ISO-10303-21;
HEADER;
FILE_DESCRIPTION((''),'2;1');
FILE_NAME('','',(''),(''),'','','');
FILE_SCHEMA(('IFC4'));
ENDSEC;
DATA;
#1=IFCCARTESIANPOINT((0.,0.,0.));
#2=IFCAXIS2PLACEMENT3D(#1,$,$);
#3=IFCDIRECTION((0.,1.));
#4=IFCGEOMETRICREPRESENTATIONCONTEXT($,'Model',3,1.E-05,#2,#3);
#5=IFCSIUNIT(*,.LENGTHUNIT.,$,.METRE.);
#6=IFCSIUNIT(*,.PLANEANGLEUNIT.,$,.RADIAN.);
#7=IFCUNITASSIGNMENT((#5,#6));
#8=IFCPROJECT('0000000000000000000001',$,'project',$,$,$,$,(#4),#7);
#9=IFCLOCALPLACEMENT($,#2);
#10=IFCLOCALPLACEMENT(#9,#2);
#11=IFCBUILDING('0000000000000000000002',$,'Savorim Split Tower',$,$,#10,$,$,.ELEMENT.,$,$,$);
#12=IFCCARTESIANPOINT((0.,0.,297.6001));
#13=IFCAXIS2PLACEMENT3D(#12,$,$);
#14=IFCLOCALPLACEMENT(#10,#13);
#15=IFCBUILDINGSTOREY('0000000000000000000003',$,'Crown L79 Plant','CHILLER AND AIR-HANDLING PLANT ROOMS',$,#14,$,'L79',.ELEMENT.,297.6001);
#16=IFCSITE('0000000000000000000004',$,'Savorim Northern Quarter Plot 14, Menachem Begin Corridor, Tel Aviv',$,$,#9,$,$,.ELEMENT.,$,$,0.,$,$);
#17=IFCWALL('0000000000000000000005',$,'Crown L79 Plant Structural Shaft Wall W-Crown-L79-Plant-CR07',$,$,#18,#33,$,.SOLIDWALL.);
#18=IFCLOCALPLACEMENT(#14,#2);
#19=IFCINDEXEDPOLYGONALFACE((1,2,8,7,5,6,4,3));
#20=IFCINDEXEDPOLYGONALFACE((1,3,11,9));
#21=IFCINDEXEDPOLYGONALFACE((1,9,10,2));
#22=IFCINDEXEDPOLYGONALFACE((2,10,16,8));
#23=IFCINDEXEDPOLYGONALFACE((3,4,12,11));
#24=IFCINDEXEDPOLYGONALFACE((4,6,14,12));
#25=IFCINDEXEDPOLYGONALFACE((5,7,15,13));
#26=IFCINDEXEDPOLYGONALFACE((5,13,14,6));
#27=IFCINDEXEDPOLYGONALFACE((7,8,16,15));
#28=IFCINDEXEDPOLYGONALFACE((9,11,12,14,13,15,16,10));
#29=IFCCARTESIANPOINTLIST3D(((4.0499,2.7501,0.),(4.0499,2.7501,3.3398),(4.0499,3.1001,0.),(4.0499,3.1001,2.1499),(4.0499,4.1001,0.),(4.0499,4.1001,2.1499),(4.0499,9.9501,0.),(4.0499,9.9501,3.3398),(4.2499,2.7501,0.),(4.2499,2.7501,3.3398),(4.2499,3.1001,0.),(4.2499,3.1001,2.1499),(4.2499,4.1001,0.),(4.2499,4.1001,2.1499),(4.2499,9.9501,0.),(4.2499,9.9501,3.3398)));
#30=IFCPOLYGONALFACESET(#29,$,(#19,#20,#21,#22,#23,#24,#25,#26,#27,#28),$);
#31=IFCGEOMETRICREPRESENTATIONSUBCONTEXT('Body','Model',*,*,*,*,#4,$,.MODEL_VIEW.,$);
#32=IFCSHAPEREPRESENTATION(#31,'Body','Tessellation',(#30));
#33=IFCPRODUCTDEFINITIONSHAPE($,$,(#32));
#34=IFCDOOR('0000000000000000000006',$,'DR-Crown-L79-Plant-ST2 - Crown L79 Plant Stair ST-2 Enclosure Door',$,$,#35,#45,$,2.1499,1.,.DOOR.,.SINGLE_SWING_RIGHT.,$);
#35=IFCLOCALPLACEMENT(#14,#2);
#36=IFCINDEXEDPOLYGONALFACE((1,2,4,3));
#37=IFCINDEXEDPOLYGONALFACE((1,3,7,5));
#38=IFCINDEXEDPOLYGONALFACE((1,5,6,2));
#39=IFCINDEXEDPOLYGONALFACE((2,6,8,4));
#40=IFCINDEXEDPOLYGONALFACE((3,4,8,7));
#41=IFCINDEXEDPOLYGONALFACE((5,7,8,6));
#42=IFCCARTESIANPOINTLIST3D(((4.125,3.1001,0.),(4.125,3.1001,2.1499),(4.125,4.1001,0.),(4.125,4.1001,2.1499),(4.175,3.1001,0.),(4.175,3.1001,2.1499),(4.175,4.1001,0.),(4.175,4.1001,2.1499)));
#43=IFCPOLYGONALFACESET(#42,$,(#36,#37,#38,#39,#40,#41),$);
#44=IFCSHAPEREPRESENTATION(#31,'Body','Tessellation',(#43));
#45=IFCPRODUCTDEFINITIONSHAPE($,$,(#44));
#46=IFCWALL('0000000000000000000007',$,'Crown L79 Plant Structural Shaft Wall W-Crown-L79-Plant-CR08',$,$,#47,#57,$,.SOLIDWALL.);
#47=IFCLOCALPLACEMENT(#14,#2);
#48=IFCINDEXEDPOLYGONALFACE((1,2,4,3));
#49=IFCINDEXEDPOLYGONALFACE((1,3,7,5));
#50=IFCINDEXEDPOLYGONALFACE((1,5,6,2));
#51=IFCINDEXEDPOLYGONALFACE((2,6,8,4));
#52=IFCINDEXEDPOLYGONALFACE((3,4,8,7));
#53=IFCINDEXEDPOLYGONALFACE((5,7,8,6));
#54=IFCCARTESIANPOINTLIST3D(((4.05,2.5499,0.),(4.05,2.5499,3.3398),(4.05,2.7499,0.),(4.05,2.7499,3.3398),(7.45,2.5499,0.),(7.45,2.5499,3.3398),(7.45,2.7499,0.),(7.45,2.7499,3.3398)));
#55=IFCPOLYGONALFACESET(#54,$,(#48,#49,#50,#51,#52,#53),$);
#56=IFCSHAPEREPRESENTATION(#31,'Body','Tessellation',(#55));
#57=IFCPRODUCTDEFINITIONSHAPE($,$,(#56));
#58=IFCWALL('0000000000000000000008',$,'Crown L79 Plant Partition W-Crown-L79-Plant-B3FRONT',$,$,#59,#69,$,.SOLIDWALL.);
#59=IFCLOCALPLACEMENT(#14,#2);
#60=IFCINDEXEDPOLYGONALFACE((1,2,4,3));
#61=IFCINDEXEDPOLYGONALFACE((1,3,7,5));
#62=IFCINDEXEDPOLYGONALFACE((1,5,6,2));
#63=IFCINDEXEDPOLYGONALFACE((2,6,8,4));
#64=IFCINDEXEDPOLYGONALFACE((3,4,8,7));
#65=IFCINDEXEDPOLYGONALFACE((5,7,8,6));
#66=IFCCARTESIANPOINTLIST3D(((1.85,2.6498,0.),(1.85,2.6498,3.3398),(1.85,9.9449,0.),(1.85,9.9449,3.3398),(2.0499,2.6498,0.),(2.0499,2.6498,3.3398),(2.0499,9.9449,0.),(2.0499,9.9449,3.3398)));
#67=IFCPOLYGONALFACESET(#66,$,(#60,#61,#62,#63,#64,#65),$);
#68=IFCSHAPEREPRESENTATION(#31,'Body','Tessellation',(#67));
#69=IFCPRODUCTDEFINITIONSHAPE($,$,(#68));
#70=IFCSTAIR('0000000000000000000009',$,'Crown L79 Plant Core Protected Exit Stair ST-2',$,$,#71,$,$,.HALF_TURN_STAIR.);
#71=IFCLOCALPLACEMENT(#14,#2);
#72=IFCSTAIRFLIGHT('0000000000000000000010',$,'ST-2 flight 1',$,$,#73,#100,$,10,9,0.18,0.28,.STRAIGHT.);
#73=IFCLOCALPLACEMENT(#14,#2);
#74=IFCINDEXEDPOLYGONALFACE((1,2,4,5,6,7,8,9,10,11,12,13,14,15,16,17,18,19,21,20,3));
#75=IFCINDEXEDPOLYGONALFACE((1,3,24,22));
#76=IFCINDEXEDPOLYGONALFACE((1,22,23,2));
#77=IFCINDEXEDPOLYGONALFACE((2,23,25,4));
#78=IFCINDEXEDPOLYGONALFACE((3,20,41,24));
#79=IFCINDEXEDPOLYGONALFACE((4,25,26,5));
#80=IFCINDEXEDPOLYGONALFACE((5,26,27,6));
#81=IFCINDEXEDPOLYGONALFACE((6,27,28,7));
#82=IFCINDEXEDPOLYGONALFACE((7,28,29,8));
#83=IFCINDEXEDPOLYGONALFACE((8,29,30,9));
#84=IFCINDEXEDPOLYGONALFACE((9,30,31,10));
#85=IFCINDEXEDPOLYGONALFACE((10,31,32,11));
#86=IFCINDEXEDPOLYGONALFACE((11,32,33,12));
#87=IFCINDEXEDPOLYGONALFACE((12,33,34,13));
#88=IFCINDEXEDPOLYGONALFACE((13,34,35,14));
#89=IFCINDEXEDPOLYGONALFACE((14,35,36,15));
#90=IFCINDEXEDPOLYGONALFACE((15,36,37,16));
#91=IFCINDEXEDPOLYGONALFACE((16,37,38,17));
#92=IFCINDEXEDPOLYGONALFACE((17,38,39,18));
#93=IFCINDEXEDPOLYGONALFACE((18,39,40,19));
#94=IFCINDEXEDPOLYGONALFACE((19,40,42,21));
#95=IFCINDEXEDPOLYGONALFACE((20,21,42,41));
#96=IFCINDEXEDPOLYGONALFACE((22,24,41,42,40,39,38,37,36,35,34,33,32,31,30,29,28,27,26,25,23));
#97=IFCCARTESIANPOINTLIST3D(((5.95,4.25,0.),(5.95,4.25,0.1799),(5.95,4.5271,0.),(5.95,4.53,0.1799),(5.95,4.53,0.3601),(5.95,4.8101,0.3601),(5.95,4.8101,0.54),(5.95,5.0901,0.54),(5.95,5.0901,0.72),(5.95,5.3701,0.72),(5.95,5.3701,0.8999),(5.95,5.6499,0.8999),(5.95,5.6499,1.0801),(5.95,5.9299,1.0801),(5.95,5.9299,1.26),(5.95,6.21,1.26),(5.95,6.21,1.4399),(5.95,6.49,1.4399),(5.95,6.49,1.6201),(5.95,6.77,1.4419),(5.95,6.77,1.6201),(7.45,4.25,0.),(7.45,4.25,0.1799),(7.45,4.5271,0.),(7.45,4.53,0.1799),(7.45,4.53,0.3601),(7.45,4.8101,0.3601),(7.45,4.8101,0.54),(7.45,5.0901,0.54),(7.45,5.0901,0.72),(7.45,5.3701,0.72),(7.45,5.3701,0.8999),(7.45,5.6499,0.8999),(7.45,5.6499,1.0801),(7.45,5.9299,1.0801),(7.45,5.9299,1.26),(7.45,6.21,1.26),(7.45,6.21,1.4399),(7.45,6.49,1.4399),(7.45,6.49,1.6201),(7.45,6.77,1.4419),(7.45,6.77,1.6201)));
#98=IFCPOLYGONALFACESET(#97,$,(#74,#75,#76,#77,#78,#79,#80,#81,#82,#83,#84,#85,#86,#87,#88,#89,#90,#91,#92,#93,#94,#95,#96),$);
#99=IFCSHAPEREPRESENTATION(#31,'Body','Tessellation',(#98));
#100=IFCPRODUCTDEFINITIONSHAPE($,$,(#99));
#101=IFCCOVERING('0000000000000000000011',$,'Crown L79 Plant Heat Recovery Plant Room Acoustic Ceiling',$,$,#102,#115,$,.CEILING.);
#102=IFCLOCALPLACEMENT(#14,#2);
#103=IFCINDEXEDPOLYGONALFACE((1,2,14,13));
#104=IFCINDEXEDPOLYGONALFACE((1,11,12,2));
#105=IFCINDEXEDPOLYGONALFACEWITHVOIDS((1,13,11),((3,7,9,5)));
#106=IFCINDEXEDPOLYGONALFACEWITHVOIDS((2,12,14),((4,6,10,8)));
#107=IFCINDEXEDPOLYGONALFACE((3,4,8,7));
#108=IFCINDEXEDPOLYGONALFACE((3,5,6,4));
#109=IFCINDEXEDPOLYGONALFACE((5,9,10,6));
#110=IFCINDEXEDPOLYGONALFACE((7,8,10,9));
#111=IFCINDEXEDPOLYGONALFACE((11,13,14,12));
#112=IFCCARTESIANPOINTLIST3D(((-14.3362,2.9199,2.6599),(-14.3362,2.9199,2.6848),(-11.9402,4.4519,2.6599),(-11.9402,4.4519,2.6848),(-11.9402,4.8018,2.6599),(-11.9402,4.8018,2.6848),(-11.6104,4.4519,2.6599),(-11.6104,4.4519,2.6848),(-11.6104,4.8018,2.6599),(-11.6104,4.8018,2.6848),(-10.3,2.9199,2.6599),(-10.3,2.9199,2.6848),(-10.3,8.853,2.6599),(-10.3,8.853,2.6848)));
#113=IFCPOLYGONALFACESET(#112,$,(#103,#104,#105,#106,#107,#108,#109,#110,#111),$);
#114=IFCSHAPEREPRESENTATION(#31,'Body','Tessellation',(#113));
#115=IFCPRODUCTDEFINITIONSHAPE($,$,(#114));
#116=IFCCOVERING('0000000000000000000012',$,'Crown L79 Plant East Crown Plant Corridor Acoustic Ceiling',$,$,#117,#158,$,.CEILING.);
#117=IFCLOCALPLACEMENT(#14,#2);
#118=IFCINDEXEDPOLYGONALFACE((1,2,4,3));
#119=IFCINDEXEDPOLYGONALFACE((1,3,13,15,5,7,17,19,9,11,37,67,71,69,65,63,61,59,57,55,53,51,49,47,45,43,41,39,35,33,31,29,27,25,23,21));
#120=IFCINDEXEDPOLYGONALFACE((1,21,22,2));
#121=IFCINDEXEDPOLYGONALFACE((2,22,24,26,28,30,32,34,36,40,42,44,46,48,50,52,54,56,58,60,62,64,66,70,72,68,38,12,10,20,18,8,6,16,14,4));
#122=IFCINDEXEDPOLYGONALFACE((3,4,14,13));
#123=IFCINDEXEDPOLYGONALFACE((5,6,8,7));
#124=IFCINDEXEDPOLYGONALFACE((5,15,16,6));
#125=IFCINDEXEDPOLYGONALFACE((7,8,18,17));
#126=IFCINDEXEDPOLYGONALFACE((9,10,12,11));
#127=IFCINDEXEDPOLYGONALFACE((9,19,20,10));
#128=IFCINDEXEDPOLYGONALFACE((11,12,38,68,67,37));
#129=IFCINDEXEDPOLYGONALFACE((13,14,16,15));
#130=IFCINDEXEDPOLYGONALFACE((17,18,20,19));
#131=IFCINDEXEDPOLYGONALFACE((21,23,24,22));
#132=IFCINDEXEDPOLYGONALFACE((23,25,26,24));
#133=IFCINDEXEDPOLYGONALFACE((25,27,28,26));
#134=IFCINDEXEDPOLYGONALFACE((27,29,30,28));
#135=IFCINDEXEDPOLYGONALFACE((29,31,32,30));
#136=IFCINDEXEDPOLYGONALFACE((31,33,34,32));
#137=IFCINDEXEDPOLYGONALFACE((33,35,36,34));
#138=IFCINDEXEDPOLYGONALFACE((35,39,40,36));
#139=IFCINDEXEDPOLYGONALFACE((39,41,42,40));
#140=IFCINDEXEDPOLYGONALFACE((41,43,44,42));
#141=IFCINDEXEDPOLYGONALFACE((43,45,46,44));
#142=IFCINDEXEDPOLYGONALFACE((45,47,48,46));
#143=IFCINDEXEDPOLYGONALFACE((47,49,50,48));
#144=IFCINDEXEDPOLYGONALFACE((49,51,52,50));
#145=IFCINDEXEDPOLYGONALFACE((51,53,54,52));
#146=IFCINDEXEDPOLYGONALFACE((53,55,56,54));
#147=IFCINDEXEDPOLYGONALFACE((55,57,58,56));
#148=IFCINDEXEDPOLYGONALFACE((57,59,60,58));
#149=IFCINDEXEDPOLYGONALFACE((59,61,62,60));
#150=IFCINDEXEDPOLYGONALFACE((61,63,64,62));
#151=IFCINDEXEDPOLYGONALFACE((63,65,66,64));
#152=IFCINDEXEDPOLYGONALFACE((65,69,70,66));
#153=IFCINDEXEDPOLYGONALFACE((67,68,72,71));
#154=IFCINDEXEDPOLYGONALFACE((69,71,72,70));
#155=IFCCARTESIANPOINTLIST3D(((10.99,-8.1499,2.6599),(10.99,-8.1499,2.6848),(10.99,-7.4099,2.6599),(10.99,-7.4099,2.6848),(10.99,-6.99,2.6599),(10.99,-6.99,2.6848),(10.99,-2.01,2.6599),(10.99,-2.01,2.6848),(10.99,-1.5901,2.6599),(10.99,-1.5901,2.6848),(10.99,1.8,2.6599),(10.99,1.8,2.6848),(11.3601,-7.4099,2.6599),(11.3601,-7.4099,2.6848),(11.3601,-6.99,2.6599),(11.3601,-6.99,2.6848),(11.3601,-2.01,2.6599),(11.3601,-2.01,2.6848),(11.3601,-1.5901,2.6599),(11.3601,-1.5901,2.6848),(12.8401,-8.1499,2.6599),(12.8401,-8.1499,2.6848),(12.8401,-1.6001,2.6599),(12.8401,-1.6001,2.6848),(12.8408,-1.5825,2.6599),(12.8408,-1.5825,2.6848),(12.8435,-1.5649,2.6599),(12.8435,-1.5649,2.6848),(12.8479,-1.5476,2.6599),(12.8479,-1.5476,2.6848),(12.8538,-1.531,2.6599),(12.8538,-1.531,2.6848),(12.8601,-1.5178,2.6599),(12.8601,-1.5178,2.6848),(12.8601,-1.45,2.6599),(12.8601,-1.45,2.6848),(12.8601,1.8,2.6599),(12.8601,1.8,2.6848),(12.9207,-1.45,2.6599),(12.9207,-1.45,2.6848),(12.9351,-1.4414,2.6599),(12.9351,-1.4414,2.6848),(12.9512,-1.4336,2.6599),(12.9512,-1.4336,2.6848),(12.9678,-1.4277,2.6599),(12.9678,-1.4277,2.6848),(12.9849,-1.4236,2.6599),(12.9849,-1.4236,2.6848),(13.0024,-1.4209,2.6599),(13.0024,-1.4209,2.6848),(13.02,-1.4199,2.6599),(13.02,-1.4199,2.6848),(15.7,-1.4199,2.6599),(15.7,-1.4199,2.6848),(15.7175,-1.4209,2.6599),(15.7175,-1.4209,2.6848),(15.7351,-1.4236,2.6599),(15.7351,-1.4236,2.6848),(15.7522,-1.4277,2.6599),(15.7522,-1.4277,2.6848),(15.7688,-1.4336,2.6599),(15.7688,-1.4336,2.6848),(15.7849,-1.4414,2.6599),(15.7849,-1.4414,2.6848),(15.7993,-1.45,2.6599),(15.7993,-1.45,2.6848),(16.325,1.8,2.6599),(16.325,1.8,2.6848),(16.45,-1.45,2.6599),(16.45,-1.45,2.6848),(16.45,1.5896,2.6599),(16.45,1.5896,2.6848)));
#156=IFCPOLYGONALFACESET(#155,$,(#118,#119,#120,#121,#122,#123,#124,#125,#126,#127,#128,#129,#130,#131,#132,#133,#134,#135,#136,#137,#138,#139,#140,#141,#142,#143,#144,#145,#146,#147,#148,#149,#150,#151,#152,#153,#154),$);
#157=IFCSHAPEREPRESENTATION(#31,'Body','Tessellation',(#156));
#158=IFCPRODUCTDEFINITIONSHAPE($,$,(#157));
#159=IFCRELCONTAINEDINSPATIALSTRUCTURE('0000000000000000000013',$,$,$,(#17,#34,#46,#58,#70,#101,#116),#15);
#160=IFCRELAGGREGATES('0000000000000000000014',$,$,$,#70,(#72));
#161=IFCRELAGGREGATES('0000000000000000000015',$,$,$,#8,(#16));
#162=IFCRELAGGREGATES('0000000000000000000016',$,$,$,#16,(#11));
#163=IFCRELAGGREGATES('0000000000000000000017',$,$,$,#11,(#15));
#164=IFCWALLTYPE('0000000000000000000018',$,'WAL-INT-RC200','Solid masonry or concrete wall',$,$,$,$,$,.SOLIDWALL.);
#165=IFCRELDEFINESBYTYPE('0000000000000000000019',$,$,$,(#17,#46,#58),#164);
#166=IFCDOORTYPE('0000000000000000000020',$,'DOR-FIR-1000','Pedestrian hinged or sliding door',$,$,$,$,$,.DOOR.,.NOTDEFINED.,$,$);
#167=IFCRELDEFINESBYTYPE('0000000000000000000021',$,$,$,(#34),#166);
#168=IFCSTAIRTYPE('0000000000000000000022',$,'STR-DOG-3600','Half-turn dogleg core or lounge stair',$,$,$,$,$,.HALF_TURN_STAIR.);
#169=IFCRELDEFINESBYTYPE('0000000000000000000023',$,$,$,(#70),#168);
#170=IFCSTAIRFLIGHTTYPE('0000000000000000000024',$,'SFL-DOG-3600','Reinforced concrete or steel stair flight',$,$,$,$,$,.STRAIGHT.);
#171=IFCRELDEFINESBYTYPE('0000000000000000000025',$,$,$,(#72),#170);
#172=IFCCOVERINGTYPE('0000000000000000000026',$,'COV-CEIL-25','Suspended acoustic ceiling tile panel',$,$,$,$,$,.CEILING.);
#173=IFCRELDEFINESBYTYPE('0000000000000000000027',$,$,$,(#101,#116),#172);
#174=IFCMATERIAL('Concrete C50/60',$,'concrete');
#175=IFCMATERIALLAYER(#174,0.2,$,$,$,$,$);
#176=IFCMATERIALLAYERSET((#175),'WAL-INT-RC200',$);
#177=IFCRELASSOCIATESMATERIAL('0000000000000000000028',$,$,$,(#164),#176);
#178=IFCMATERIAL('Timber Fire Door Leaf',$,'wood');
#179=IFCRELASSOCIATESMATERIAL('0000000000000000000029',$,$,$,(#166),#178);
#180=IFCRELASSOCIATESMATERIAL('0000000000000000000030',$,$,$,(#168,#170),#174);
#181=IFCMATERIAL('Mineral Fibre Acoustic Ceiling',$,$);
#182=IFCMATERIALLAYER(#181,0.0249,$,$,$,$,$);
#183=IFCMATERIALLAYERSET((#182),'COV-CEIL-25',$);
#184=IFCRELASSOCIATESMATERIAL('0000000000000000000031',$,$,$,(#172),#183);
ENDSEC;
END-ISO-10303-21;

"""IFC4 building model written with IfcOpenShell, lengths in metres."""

from ifc_helpers import new_model, si_unit, direction, frame, frame_2d, origin, place, context, subcontext, project, spatial, polyline, rectangle, outline, extrude, material, layer, layer_set, type_object, element, fill, aggregate, save


model = new_model("IFC4")

# Units and contexts
model_context = context("Model", 3, precision=1e-05, world=origin(), true_north=direction((0.0, 1.0)))
body_context = subcontext(model_context, "Body", "Model", "MODEL_VIEW")
ifc_project = project(units=[si_unit("LENGTHUNIT", "METRE"), si_unit("PLANEANGLEUNIT", "RADIAN")], contexts=[model_context])

# Site, building, storey
site_placement = place(None, origin())
site = spatial("IfcSite", under=ifc_project, at=site_placement, Name="Savorim Northern Quarter Plot 14, Menachem Begin Corridor, Tel Aviv", CompositionType="ELEMENT", RefElevation=0.0)
building_placement = place(site_placement, origin())
building = spatial("IfcBuilding", under=site, at=building_placement, Name="Savorim Split Tower", CompositionType="ELEMENT")
storey_placement = place(building_placement, frame((0.0, 0.0, 297.6001)))
storey = spatial("IfcBuildingStorey", under=building, at=storey_placement, Name="Crown L79 Plant", Description="CHILLER AND AIR-HANDLING PLANT ROOMS", LongName="L79", CompositionType="ELEMENT", Elevation=297.6001)

# Wall, opening, door
ifc_material_1 = material(Name="Concrete C50/60", Category="concrete")
ifc_layer_1 = layer(ifc_material_1, 0.2)
ifc_layer_set_1 = layer_set([ifc_layer_1], Name="WAL-INT-RC200")
wall_type = type_object("IfcWallType", Name="WAL-INT-RC200", Description="Solid masonry or concrete wall", PredefinedType="SOLIDWALL", material=ifc_layer_set_1)
wall_1_placement = place(storey_placement, frame((4.1499, 2.75, 0.0), z_axis=(0.0, 0.0, 1.0), x_axis=(0.0, 1.0, 0.0)))
wall_1 = element("IfcWall", 1, at=wall_1_placement, inside=storey, type_object=wall_type, Name="Crown L79 Plant Structural Shaft Wall W-Crown-L79-Plant-CR07", PredefinedType="SOLIDWALL", context=body_context, shape_type="SweptSolid", body=[
    extrude(rectangle(XDim=7.2, YDim=0.2, at=frame_2d((3.6001, 0.0))), origin(), (0.0, 0.0, 1.0), 3.3398),
])
opening_placement = place(wall_1_placement, frame((0.3501, 0.0, 0.0)))
opening = element("IfcOpeningElement", 2, at=opening_placement, cuts=wall_1, PredefinedType="OPENING", context=body_context, shape_type="SweptSolid", body=[
    extrude(rectangle(XDim=1.0, YDim=2.1499, at=frame_2d((0.5, 1.075))), frame((0.0, 0.1099, 0.0), z_axis=(0.0, -1.0, 0.0), x_axis=(1.0, 0.0, 0.0)), (0.0, 0.0, 1.0), 0.22),
])
ifc_material_2 = material(Name="Timber Fire Door Leaf", Category="wood")
door_type = type_object("IfcDoorType", Name="DOR-FIR-1000", Description="Pedestrian hinged or sliding door", OperationType="NOTDEFINED", PredefinedType="DOOR", material=ifc_material_2)
door_placement = place(opening_placement, origin())
door = element("IfcDoor", 3, at=door_placement, inside=storey, type_object=door_type, Name="DR-Crown-L79-Plant-ST2 - Crown L79 Plant Stair ST-2 Enclosure Door", OperationType="SINGLE_SWING_RIGHT", OverallHeight=2.1499, OverallWidth=1.0, PredefinedType="DOOR", context=body_context, shape_type="SweptSolid", body=[
    extrude(rectangle(XDim=1.0, YDim=2.1499, at=frame_2d((0.5, 1.075))), frame((0.0, 0.0249, 0.0), z_axis=(0.0, -1.0, 0.0), x_axis=(1.0, 0.0, 0.0)), (0.0, 0.0, 1.0), 0.05),
])
fill(opening, door)

# Walls
wall_2_placement = place(storey_placement, frame((4.05, 2.6499, 0.0), z_axis=(0.0, 0.0, 1.0), x_axis=(1.0, 0.0, 0.0)))
element("IfcWall", 4, at=wall_2_placement, inside=storey, type_object=wall_type, Name="Crown L79 Plant Structural Shaft Wall W-Crown-L79-Plant-CR08", PredefinedType="SOLIDWALL", context=body_context, shape_type="SweptSolid", body=[
    extrude(rectangle(XDim=3.3999, YDim=0.2, at=frame_2d((1.7, 0.0))), origin(), (0.0, 0.0, 1.0), 3.3398),
])
wall_3_placement = place(storey_placement, frame((1.95, 2.6499, 0.0), z_axis=(0.0, 0.0, 1.0), x_axis=(0.0, 1.0, 0.0)))
element("IfcWall", 5, at=wall_3_placement, inside=storey, type_object=wall_type, Name="Crown L79 Plant Partition W-Crown-L79-Plant-B3FRONT", PredefinedType="SOLIDWALL", context=body_context, shape_type="SweptSolid", body=[
    extrude(rectangle(XDim=7.2952, YDim=0.2, at=frame_2d((3.6475, 0.0))), origin(), (0.0, 0.0, 1.0), 3.3398),
])

# Stair, stair flight
stair_type = type_object("IfcStairType", Name="STR-DOG-3600", Description="Half-turn dogleg core or lounge stair", PredefinedType="HALF_TURN_STAIR", material=ifc_material_1)
stair_placement = place(storey_placement, origin())
stair = element("IfcStair", 6, at=stair_placement, inside=storey, type_object=stair_type, Name="Crown L79 Plant Core Protected Exit Stair ST-2", PredefinedType="HALF_TURN_STAIR")
stair_flight_type = type_object("IfcStairFlightType", Name="SFL-DOG-3600", Description="Reinforced concrete or steel stair flight", PredefinedType="STRAIGHT", material=ifc_material_1)
stair_flight_placement = place(storey_placement, frame((6.7, 4.25, 0.0), z_axis=(0.0, 0.0, 1.0), x_axis=(0.0, 1.0, 0.0)))
stair_flight = element("IfcStairFlight", 7, at=stair_flight_placement, type_object=stair_flight_type, Name="ST-2 flight 1", NumberOfRisers=10, NumberOfTreads=9, PredefinedType="STRAIGHT", RiserHeight=0.18, TreadLength=0.28, context=body_context, shape_type="SweptSolid", body=[
    extrude(outline(polyline([(0.0, 0.0), (0.0, 0.1799), (0.28, 0.1799), (0.28, 0.3601), (0.5601, 0.3601), (0.5601, 0.54), (0.8401, 0.54), (0.8401, 0.72), (1.1201, 0.72), (1.1201, 0.8999), (1.3999, 0.8999), (1.3999, 1.0801), (1.6799, 1.0801), (1.6799, 1.26), (1.96, 1.26), (1.96, 1.4399), (2.24, 1.4399), (2.24, 1.6201), (2.52, 1.6201), (2.52, 1.8), (2.52, 1.4419), (0.2771, 0.0), (0.0, 0.0)])), frame((0.0, 0.75, 0.0), z_axis=(0.0, -1.0, 0.0), x_axis=(1.0, 0.0, 0.0)), (0.0, 0.0, 1.0), 1.5),
])
aggregate(stair, [stair_flight])

# Coverings
ifc_material_3 = material(Name="Mineral Fibre Acoustic Ceiling")
ifc_layer_2 = layer(ifc_material_3, 0.0249)
ifc_layer_set_2 = layer_set([ifc_layer_2], Name="COV-CEIL-25")
covering_type_1 = type_object("IfcCoveringType", Name="COV-CEIL-25", Description="Suspended acoustic ceiling tile panel", PredefinedType="CEILING", material=ifc_layer_set_2)
covering_1_placement = place(storey_placement, frame((0.0, 0.0, 2.6599)))
element("IfcCovering", 8, at=covering_1_placement, inside=storey, type_object=covering_type_1, Name="Crown L79 Plant Heat Recovery Plant Room Acoustic Ceiling", PredefinedType="CEILING", context=body_context, shape_type="SweptSolid", body=[
    extrude(outline(polyline([(-14.3362, 2.9199), (-10.3, 2.9199), (-10.3, 8.853), (-14.3362, 2.9199)]), holes=[polyline([(-11.6104, 4.4519), (-11.6104, 4.8018), (-11.9402, 4.8018), (-11.9402, 4.4519), (-11.6104, 4.4519)])]), origin(), (0.0, 0.0, 1.0), 0.0249),
])
covering_2_placement = place(storey_placement, frame((0.0, 0.0, 2.6599)))
element("IfcCovering", 9, at=covering_2_placement, inside=storey, type_object=covering_type_1, Name="Crown L79 Plant East Crown Plant Corridor Acoustic Ceiling", PredefinedType="CEILING", context=body_context, shape_type="SweptSolid", body=[
    extrude(outline(polyline([(11.3601, -7.4099), (10.99, -7.4099), (10.99, -8.1499), (12.8401, -8.1499), (12.8401, -1.6001), (12.8408, -1.5825), (12.8435, -1.5649), (12.8479, -1.5476), (12.8538, -1.531), (12.8601, -1.5178), (12.8601, -1.45), (12.9207, -1.45), (12.9351, -1.4414), (12.9512, -1.4336), (12.9678, -1.4277), (12.9849, -1.4236), (13.0024, -1.4209), (13.02, -1.4199), (15.7, -1.4199), (15.7175, -1.4209), (15.7351, -1.4236), (15.7522, -1.4277), (15.7688, -1.4336), (15.7849, -1.4414), (15.7993, -1.45), (16.45, -1.45), (16.45, 1.5896), (16.325, 1.8), (12.8601, 1.8), (10.99, 1.8), (10.99, -1.5901), (11.3601, -1.5901), (11.3601, -2.01), (10.99, -2.01), (10.99, -6.99), (11.3601, -6.99), (11.3601, -7.4099)])), origin(), (0.0, 0.0, 1.0), 0.0249),
])

save(model, "model.ifc")
